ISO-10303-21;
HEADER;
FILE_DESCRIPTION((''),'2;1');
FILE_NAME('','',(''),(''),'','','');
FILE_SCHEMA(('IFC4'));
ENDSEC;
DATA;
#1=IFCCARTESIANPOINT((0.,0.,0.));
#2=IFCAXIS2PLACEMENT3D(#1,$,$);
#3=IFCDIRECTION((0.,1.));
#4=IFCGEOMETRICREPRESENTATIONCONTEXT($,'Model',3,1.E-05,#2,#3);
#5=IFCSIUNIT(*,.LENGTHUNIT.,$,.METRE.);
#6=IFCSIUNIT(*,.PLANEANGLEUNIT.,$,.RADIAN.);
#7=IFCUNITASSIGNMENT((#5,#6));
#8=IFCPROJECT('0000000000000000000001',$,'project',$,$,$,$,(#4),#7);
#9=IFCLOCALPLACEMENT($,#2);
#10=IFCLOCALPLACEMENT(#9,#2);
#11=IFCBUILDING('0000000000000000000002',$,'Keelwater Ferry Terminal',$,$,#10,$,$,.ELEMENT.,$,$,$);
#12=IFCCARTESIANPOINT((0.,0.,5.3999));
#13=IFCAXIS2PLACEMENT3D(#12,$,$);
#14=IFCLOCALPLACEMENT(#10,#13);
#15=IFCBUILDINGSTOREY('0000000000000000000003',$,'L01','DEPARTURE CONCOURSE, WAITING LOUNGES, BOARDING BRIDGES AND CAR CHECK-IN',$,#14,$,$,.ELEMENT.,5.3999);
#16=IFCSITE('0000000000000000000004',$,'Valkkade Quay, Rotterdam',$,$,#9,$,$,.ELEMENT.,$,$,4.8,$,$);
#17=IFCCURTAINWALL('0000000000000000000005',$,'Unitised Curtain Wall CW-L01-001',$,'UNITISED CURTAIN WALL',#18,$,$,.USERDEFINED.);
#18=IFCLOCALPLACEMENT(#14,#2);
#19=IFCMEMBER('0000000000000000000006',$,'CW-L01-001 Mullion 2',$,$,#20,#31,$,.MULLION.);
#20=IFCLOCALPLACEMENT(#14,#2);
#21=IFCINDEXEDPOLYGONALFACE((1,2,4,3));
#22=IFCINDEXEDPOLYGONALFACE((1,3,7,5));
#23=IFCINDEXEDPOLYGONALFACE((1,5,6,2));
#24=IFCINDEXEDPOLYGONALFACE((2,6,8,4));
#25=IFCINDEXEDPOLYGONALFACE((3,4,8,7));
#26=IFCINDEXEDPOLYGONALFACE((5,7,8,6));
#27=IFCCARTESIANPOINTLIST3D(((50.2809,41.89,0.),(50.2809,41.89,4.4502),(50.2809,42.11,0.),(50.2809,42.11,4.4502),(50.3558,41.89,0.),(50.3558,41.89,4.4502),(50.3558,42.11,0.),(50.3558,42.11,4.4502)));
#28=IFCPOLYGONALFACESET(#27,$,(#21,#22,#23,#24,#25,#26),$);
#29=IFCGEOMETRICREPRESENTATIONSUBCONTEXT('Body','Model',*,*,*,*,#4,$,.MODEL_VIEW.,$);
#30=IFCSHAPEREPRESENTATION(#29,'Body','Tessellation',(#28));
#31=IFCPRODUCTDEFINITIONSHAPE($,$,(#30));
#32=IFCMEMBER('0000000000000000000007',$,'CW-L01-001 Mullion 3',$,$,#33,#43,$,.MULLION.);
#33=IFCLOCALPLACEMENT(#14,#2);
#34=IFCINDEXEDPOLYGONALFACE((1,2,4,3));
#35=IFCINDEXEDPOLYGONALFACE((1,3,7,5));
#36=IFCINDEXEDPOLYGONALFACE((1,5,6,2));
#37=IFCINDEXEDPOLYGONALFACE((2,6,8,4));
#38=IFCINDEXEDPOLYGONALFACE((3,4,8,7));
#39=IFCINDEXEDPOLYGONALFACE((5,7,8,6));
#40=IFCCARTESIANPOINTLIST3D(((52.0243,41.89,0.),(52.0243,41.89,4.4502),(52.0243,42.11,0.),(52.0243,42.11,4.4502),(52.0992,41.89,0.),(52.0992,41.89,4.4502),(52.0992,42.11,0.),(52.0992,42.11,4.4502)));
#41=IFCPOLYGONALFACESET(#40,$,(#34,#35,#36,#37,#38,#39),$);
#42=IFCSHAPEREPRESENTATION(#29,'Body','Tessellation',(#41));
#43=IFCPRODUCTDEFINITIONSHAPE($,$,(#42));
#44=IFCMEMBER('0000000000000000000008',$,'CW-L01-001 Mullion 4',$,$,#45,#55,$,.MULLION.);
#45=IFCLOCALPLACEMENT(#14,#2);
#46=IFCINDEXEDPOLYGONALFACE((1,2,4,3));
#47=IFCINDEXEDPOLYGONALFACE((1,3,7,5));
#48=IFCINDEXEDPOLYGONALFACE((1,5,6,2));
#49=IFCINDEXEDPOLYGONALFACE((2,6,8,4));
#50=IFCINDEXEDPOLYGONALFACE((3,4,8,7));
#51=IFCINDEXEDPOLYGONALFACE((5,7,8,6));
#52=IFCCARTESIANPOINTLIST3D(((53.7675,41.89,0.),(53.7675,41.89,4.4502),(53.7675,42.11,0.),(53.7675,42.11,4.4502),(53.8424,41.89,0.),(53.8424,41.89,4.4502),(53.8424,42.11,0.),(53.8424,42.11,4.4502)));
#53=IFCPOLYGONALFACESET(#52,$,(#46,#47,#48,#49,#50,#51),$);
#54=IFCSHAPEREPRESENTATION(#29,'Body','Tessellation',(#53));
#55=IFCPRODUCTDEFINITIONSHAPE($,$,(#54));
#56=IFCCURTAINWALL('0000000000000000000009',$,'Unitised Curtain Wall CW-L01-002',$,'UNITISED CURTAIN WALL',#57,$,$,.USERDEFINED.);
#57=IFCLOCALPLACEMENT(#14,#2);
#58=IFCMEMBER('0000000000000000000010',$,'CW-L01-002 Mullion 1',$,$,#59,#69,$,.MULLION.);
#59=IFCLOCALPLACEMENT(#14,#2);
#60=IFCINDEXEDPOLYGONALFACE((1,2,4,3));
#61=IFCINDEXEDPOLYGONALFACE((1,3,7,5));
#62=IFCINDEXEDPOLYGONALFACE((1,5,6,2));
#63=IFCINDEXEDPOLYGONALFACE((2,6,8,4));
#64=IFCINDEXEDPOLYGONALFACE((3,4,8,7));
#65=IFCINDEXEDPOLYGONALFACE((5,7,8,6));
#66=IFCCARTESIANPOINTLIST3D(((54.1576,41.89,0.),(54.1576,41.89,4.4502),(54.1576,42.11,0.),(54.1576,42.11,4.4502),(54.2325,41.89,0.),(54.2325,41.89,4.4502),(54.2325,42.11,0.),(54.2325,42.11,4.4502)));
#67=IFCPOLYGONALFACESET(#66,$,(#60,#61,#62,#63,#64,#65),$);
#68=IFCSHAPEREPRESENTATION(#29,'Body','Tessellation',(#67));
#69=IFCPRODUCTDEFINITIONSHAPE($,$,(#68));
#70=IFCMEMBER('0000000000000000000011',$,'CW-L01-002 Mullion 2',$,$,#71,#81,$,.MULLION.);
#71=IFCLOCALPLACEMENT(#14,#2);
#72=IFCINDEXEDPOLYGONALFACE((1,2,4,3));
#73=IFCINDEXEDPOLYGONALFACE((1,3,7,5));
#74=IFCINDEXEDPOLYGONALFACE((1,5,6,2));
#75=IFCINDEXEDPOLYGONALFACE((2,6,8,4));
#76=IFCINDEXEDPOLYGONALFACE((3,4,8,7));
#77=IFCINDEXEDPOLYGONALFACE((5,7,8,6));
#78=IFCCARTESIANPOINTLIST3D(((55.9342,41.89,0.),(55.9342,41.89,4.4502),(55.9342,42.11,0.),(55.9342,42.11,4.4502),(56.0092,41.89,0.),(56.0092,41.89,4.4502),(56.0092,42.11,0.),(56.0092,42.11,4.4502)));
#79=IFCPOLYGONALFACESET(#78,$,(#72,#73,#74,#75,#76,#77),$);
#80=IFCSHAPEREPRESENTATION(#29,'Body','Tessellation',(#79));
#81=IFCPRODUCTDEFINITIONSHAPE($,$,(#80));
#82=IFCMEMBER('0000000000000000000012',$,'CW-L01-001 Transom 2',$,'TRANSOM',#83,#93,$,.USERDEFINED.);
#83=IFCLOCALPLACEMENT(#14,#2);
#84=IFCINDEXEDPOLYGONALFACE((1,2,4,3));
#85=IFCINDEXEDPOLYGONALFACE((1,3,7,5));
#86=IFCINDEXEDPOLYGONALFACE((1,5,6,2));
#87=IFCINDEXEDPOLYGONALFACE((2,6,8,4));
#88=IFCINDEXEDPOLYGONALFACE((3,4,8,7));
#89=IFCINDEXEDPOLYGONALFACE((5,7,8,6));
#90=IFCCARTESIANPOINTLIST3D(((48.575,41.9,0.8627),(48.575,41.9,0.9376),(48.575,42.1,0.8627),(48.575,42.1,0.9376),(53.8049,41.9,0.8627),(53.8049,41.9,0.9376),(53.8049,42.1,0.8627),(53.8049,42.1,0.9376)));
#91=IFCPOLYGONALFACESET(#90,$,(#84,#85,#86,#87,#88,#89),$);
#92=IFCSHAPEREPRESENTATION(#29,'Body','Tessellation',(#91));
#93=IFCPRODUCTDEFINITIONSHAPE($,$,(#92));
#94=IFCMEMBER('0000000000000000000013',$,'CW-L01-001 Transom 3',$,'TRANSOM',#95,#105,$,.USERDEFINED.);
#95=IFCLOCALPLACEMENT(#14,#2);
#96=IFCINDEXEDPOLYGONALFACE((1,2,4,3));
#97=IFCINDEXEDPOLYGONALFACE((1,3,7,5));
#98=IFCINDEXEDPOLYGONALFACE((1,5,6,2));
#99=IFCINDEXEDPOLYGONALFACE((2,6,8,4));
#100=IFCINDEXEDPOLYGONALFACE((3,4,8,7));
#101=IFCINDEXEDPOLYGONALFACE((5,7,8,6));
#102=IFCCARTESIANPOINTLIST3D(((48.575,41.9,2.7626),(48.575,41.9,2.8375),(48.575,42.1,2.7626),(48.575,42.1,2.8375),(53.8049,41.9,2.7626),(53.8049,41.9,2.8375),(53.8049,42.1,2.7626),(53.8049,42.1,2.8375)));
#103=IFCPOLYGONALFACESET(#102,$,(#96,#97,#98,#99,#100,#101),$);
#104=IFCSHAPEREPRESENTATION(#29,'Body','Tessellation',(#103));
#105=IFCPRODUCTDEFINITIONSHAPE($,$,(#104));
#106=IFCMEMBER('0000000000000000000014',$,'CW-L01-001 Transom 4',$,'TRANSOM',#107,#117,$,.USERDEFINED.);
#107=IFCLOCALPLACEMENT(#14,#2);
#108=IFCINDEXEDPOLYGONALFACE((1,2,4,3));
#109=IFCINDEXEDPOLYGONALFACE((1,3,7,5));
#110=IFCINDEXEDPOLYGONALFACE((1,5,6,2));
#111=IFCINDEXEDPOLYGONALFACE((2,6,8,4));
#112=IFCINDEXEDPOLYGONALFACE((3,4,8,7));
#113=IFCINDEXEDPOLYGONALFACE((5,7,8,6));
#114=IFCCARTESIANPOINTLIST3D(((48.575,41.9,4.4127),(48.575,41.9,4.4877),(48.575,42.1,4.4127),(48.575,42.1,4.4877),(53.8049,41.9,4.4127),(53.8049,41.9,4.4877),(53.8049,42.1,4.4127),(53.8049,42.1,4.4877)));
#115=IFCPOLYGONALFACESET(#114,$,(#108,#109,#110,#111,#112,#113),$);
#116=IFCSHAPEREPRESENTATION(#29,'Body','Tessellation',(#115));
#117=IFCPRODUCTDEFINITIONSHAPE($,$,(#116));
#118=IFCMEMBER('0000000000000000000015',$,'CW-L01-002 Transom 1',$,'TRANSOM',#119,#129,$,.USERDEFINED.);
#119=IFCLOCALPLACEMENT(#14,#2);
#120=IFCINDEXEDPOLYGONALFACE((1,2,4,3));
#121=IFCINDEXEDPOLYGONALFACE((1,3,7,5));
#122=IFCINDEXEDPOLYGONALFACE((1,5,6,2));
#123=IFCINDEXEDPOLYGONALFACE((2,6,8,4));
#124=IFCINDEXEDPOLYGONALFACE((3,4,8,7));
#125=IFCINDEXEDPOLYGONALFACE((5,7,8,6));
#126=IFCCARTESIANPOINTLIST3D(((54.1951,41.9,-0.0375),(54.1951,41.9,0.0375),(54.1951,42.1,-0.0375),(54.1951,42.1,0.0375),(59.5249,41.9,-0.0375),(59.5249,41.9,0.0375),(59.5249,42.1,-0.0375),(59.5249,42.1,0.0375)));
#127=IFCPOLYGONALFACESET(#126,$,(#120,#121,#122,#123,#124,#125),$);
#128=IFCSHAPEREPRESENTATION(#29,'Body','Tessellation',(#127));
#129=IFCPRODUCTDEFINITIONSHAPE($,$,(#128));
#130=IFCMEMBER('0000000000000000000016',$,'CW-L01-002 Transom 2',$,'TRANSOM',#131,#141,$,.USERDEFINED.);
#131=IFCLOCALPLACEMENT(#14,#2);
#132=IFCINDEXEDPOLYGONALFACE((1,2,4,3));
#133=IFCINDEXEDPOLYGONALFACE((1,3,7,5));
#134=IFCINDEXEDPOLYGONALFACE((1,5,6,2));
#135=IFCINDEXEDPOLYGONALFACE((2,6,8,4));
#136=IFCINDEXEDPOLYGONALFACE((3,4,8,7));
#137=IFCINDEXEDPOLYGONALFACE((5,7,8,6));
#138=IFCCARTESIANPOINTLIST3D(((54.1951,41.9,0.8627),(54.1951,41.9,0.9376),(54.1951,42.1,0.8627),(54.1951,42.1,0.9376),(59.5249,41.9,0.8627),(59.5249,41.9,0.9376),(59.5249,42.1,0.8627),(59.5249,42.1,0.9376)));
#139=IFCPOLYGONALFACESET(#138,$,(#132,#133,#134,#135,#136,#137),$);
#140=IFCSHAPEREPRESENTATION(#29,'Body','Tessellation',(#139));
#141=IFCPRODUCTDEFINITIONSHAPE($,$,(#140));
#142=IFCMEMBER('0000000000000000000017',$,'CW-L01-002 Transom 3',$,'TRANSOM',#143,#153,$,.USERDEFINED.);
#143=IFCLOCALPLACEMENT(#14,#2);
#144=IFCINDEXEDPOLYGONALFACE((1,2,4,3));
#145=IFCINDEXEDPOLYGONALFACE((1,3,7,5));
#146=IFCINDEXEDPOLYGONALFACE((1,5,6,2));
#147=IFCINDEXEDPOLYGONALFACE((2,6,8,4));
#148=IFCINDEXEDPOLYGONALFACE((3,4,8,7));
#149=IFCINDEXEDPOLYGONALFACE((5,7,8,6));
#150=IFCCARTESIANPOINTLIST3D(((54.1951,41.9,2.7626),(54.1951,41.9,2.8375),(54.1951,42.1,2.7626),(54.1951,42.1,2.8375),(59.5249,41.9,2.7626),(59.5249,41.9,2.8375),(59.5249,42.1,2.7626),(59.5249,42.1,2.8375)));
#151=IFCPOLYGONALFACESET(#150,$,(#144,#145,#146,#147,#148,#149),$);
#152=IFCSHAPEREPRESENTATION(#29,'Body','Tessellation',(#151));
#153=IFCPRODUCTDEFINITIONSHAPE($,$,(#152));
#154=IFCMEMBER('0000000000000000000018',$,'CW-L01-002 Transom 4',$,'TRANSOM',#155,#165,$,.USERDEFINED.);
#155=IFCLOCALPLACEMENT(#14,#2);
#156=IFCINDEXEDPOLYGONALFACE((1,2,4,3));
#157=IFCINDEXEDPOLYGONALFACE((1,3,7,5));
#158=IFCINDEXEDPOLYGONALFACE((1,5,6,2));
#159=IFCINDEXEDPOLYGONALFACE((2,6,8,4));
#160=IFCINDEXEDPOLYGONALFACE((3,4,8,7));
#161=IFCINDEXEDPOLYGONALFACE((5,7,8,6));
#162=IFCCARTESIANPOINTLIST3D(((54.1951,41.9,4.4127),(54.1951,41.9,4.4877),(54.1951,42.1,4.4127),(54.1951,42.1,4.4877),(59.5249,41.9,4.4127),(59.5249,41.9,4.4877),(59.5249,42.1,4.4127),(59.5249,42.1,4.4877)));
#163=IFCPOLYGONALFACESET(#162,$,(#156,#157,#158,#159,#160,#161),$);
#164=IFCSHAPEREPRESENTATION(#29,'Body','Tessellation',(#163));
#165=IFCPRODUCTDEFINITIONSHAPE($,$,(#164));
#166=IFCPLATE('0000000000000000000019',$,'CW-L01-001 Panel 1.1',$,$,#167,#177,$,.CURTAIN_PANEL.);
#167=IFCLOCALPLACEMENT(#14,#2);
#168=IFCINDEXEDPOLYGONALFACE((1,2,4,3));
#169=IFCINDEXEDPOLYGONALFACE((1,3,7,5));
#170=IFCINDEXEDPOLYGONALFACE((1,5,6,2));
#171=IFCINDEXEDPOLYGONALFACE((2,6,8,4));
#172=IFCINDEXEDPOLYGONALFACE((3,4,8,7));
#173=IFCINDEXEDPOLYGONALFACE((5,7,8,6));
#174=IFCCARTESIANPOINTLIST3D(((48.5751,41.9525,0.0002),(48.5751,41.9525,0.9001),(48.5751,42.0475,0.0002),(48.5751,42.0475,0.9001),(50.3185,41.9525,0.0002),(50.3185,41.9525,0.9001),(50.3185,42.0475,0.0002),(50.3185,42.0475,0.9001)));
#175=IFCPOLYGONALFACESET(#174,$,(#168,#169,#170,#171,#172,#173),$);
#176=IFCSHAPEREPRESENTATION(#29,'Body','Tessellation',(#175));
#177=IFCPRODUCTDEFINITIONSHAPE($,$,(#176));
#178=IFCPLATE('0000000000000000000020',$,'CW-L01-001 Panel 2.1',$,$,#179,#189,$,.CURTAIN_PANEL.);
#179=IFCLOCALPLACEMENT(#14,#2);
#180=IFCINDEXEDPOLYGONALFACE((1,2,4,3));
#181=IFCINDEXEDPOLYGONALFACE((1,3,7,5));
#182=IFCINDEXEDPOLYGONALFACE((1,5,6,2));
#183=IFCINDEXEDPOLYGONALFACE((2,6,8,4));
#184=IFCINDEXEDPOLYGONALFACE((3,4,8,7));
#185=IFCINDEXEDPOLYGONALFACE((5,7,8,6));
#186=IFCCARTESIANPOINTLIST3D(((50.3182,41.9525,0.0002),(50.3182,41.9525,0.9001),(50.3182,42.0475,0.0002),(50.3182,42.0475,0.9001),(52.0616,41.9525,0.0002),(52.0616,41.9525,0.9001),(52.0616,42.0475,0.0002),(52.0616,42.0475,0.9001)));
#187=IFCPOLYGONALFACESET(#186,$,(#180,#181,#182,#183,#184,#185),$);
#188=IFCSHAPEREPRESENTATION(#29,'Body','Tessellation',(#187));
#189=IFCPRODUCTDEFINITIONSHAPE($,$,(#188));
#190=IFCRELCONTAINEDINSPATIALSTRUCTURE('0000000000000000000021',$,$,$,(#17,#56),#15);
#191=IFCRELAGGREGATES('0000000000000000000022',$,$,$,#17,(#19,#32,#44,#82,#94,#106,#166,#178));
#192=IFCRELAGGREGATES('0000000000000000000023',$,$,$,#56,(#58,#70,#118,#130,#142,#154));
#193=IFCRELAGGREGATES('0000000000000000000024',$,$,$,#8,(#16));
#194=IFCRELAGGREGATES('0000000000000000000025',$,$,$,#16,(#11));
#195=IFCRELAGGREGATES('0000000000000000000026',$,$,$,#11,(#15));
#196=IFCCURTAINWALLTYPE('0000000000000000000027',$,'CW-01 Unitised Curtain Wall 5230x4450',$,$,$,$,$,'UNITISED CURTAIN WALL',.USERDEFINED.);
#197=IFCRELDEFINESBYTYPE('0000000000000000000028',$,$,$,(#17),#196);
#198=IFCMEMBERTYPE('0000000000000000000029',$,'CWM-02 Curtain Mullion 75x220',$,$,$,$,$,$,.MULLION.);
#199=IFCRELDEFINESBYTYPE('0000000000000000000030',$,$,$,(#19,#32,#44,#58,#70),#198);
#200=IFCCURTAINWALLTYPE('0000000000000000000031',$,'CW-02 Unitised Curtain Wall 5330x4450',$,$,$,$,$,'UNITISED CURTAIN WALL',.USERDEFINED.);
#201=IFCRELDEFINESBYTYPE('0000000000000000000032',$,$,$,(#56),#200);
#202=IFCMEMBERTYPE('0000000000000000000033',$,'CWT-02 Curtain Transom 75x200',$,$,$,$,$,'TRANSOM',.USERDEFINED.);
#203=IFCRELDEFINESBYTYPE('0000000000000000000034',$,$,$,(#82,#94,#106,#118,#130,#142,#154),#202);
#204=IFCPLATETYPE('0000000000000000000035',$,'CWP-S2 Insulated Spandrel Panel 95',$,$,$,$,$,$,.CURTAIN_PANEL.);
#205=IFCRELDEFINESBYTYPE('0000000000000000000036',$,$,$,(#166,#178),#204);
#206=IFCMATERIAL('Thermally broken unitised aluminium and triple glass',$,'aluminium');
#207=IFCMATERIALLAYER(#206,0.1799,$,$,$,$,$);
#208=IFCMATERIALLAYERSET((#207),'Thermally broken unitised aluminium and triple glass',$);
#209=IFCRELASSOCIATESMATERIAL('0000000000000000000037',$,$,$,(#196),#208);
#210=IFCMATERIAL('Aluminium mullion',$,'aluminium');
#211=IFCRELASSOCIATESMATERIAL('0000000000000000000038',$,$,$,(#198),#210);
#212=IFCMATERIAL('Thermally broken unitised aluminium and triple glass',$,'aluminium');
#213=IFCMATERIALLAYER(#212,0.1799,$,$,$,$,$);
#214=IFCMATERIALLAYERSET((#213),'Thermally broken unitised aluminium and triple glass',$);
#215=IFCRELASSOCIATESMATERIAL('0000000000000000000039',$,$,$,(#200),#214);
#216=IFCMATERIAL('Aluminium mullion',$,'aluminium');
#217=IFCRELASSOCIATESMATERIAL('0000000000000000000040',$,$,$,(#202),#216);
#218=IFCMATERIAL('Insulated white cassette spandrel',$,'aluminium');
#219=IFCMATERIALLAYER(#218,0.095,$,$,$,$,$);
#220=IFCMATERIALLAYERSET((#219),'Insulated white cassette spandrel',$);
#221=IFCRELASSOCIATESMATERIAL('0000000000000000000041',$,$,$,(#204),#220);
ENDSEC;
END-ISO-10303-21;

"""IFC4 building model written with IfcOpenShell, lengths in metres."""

from ifc_helpers import new_model, si_unit, direction, frame, origin, origin_2d, place, context, subcontext, project, spatial, rectangle, extrude, material, layer, layer_set, material_profile, profile_set, type_object, element, aggregate, save


model = new_model("IFC4")

# Units and contexts
model_context = context("Model", 3, precision=1e-05, world=origin(), true_north=direction((0.0, 1.0)))
body_context = subcontext(model_context, "Body", "Model", "MODEL_VIEW")
ifc_project = project(units=[si_unit("LENGTHUNIT", "METRE"), si_unit("PLANEANGLEUNIT", "RADIAN")], contexts=[model_context])

# Site, building, storey
site_placement = place(None, origin())
site = spatial("IfcSite", under=ifc_project, at=site_placement, Name="Valkkade Quay, Rotterdam", CompositionType="ELEMENT", RefElevation=4.8)
building_placement = place(site_placement, origin())
building = spatial("IfcBuilding", under=site, at=building_placement, Name="Keelwater Ferry Terminal", CompositionType="ELEMENT")
storey_placement = place(building_placement, frame((0.0, 0.0, 5.3999)))
storey = spatial("IfcBuildingStorey", under=building, at=storey_placement, Name="L01", Description="DEPARTURE CONCOURSE, WAITING LOUNGES, BOARDING BRIDGES AND CAR CHECK-IN", CompositionType="ELEMENT", Elevation=5.3999)

# Curtain walls, members
ifc_material_1 = material(Name="Thermally broken unitised aluminium and triple glass", Category="aluminium")
ifc_layer_1 = layer(ifc_material_1, 0.1799)
ifc_layer_set_1 = layer_set([ifc_layer_1], Name="Thermally broken unitised aluminium and triple glass")
curtain_wall_type_1 = type_object("IfcCurtainWallType", Name="CW-01 Unitised Curtain Wall 5230x4450", ElementType="UNITISED CURTAIN WALL", PredefinedType="USERDEFINED", material=ifc_layer_set_1)
curtain_wall_1_placement = place(storey_placement, origin())
curtain_wall_1 = element("IfcCurtainWall", 1, at=curtain_wall_1_placement, inside=storey, type_object=curtain_wall_type_1, Name="Unitised Curtain Wall CW-L01-001", ObjectType="UNITISED CURTAIN WALL", PredefinedType="USERDEFINED")
ifc_material_2 = material(Name="Aluminium mullion", Category="aluminium")
ifc_material_profile_1 = material_profile(ifc_material_2, rectangle(XDim=0.075, YDim=0.22, at=origin_2d()), Name="CWM-02")
ifc_profile_set_1 = profile_set([ifc_material_profile_1], Name="Aluminium mullion")
member_type_1 = type_object("IfcMemberType", Name="CWM-02 Curtain Mullion 75x220", PredefinedType="MULLION", material=ifc_profile_set_1)
member_1_placement = place(storey_placement, frame((50.3184, 42.0, 0.0), z_axis=(0.0, 0.0, 1.0), x_axis=(1.0, 0.0, 0.0)))
member_1 = element("IfcMember", 2, at=member_1_placement, type_object=member_type_1, Name="CW-L01-001 Mullion 2", PredefinedType="MULLION", context=body_context, shape_type="SweptSolid", body=[
    extrude(rectangle(XDim=0.075, YDim=0.22, at=origin_2d()), origin(), (0.0, 0.0, 1.0), 4.4502),
])
member_2_placement = place(storey_placement, frame((52.0618, 42.0, 0.0), z_axis=(0.0, 0.0, 1.0), x_axis=(1.0, 0.0, 0.0)))
member_2 = element("IfcMember", 3, at=member_2_placement, type_object=member_type_1, Name="CW-L01-001 Mullion 3", PredefinedType="MULLION", context=body_context, shape_type="SweptSolid", body=[
    extrude(rectangle(XDim=0.075, YDim=0.22, at=origin_2d()), origin(), (0.0, 0.0, 1.0), 4.4502),
])
member_3_placement = place(storey_placement, frame((53.8049, 42.0, 0.0), z_axis=(0.0, 0.0, 1.0), x_axis=(1.0, 0.0, 0.0)))
member_3 = element("IfcMember", 4, at=member_3_placement, type_object=member_type_1, Name="CW-L01-001 Mullion 4", PredefinedType="MULLION", context=body_context, shape_type="SweptSolid", body=[
    extrude(rectangle(XDim=0.075, YDim=0.22, at=origin_2d()), origin(), (0.0, 0.0, 1.0), 4.4502),
])
ifc_material_3 = material(Name="Thermally broken unitised aluminium and triple glass", Category="aluminium")
ifc_layer_2 = layer(ifc_material_3, 0.1799)
ifc_layer_set_2 = layer_set([ifc_layer_2], Name="Thermally broken unitised aluminium and triple glass")
curtain_wall_type_2 = type_object("IfcCurtainWallType", Name="CW-02 Unitised Curtain Wall 5330x4450", ElementType="UNITISED CURTAIN WALL", PredefinedType="USERDEFINED", material=ifc_layer_set_2)
curtain_wall_2_placement = place(storey_placement, origin())
curtain_wall_2 = element("IfcCurtainWall", 5, at=curtain_wall_2_placement, inside=storey, type_object=curtain_wall_type_2, Name="Unitised Curtain Wall CW-L01-002", ObjectType="UNITISED CURTAIN WALL", PredefinedType="USERDEFINED")
member_4_placement = place(storey_placement, frame((54.1951, 42.0, 0.0), z_axis=(0.0, 0.0, 1.0), x_axis=(1.0, 0.0, 0.0)))
member_4 = element("IfcMember", 6, at=member_4_placement, type_object=member_type_1, Name="CW-L01-002 Mullion 1", PredefinedType="MULLION", context=body_context, shape_type="SweptSolid", body=[
    extrude(rectangle(XDim=0.075, YDim=0.22, at=origin_2d()), origin(), (0.0, 0.0, 1.0), 4.4502),
])
member_5_placement = place(storey_placement, frame((55.9717, 42.0, 0.0), z_axis=(0.0, 0.0, 1.0), x_axis=(1.0, 0.0, 0.0)))
member_5 = element("IfcMember", 7, at=member_5_placement, type_object=member_type_1, Name="CW-L01-002 Mullion 2", PredefinedType="MULLION", context=body_context, shape_type="SweptSolid", body=[
    extrude(rectangle(XDim=0.075, YDim=0.22, at=origin_2d()), origin(), (0.0, 0.0, 1.0), 4.4502),
])

# Members
ifc_material_4 = material(Name="Aluminium mullion", Category="aluminium")
ifc_material_profile_2 = material_profile(ifc_material_4, rectangle(XDim=0.2, YDim=0.075, at=origin_2d()), Name="CWT-02")
ifc_profile_set_2 = profile_set([ifc_material_profile_2], Name="Aluminium mullion")
member_type_2 = type_object("IfcMemberType", Name="CWT-02 Curtain Transom 75x200", ElementType="TRANSOM", PredefinedType="USERDEFINED", material=ifc_profile_set_2)
member_6_placement = place(storey_placement, frame((48.575, 42.0, 0.9001), z_axis=(1.0, 0.0, 0.0), x_axis=(0.0, 1.0, 0.0)))
member_6 = element("IfcMember", 8, at=member_6_placement, type_object=member_type_2, Name="CW-L01-001 Transom 2", ObjectType="TRANSOM", PredefinedType="USERDEFINED", context=body_context, shape_type="SweptSolid", body=[
    extrude(rectangle(XDim=0.2, YDim=0.075, at=origin_2d()), origin(), (0.0, 0.0, 1.0), 5.23),
])
member_7_placement = place(storey_placement, frame((48.575, 42.0, 2.8), z_axis=(1.0, 0.0, 0.0), x_axis=(0.0, 1.0, 0.0)))
member_7 = element("IfcMember", 9, at=member_7_placement, type_object=member_type_2, Name="CW-L01-001 Transom 3", ObjectType="TRANSOM", PredefinedType="USERDEFINED", context=body_context, shape_type="SweptSolid", body=[
    extrude(rectangle(XDim=0.2, YDim=0.075, at=origin_2d()), origin(), (0.0, 0.0, 1.0), 5.23),
])
member_8_placement = place(storey_placement, frame((48.575, 42.0, 4.4502), z_axis=(1.0, 0.0, 0.0), x_axis=(0.0, 1.0, 0.0)))
member_8 = element("IfcMember", 10, at=member_8_placement, type_object=member_type_2, Name="CW-L01-001 Transom 4", ObjectType="TRANSOM", PredefinedType="USERDEFINED", context=body_context, shape_type="SweptSolid", body=[
    extrude(rectangle(XDim=0.2, YDim=0.075, at=origin_2d()), origin(), (0.0, 0.0, 1.0), 5.23),
])
member_9_placement = place(storey_placement, frame((54.1951, 42.0, 0.0), z_axis=(1.0, 0.0, 0.0), x_axis=(0.0, 1.0, 0.0)))
member_9 = element("IfcMember", 11, at=member_9_placement, type_object=member_type_2, Name="CW-L01-002 Transom 1", ObjectType="TRANSOM", PredefinedType="USERDEFINED", context=body_context, shape_type="SweptSolid", body=[
    extrude(rectangle(XDim=0.2, YDim=0.075, at=origin_2d()), origin(), (0.0, 0.0, 1.0), 5.3298),
])
member_10_placement = place(storey_placement, frame((54.1951, 42.0, 0.9001), z_axis=(1.0, 0.0, 0.0), x_axis=(0.0, 1.0, 0.0)))
member_10 = element("IfcMember", 12, at=member_10_placement, type_object=member_type_2, Name="CW-L01-002 Transom 2", ObjectType="TRANSOM", PredefinedType="USERDEFINED", context=body_context, shape_type="SweptSolid", body=[
    extrude(rectangle(XDim=0.2, YDim=0.075, at=origin_2d()), origin(), (0.0, 0.0, 1.0), 5.3298),
])
member_11_placement = place(storey_placement, frame((54.1951, 42.0, 2.8), z_axis=(1.0, 0.0, 0.0), x_axis=(0.0, 1.0, 0.0)))
member_11 = element("IfcMember", 13, at=member_11_placement, type_object=member_type_2, Name="CW-L01-002 Transom 3", ObjectType="TRANSOM", PredefinedType="USERDEFINED", context=body_context, shape_type="SweptSolid", body=[
    extrude(rectangle(XDim=0.2, YDim=0.075, at=origin_2d()), origin(), (0.0, 0.0, 1.0), 5.3298),
])
member_12_placement = place(storey_placement, frame((54.1951, 42.0, 4.4502), z_axis=(1.0, 0.0, 0.0), x_axis=(0.0, 1.0, 0.0)))
member_12 = element("IfcMember", 14, at=member_12_placement, type_object=member_type_2, Name="CW-L01-002 Transom 4", ObjectType="TRANSOM", PredefinedType="USERDEFINED", context=body_context, shape_type="SweptSolid", body=[
    extrude(rectangle(XDim=0.2, YDim=0.075, at=origin_2d()), origin(), (0.0, 0.0, 1.0), 5.3298),
])

# Plates
ifc_material_5 = material(Name="Insulated white cassette spandrel", Category="aluminium")
ifc_layer_3 = layer(ifc_material_5, 0.095)
ifc_layer_set_3 = layer_set([ifc_layer_3], Name="Insulated white cassette spandrel")
plate_type_1 = type_object("IfcPlateType", Name="CWP-S2 Insulated Spandrel Panel 95", PredefinedType="CURTAIN_PANEL", material=ifc_layer_set_3)
plate_1_placement = place(storey_placement, frame((49.4468, 42.0, 0.0002), z_axis=(0.0, 0.0, 1.0), x_axis=(1.0, 0.0, 0.0)))
plate_1 = element("IfcPlate", 15, at=plate_1_placement, type_object=plate_type_1, Name="CW-L01-001 Panel 1.1", PredefinedType="CURTAIN_PANEL", context=body_context, shape_type="SweptSolid", body=[
    extrude(rectangle(XDim=1.7434, YDim=0.095, at=origin_2d()), origin(), (0.0, 0.0, 1.0), 0.8999),
])
plate_2_placement = place(storey_placement, frame((51.1899, 42.0, 0.0002), z_axis=(0.0, 0.0, 1.0), x_axis=(1.0, 0.0, 0.0)))
plate_2 = element("IfcPlate", 16, at=plate_2_placement, type_object=plate_type_1, Name="CW-L01-001 Panel 2.1", PredefinedType="CURTAIN_PANEL", context=body_context, shape_type="SweptSolid", body=[
    extrude(rectangle(XDim=1.7434, YDim=0.095, at=origin_2d()), origin(), (0.0, 0.0, 1.0), 0.8999),
])
aggregate(curtain_wall_1, [member_1, member_2, member_3, member_6, member_7, member_8, plate_1, plate_2])
aggregate(curtain_wall_2, [member_4, member_5, member_9, member_10, member_11, member_12])

save(model, "model.ifc")
